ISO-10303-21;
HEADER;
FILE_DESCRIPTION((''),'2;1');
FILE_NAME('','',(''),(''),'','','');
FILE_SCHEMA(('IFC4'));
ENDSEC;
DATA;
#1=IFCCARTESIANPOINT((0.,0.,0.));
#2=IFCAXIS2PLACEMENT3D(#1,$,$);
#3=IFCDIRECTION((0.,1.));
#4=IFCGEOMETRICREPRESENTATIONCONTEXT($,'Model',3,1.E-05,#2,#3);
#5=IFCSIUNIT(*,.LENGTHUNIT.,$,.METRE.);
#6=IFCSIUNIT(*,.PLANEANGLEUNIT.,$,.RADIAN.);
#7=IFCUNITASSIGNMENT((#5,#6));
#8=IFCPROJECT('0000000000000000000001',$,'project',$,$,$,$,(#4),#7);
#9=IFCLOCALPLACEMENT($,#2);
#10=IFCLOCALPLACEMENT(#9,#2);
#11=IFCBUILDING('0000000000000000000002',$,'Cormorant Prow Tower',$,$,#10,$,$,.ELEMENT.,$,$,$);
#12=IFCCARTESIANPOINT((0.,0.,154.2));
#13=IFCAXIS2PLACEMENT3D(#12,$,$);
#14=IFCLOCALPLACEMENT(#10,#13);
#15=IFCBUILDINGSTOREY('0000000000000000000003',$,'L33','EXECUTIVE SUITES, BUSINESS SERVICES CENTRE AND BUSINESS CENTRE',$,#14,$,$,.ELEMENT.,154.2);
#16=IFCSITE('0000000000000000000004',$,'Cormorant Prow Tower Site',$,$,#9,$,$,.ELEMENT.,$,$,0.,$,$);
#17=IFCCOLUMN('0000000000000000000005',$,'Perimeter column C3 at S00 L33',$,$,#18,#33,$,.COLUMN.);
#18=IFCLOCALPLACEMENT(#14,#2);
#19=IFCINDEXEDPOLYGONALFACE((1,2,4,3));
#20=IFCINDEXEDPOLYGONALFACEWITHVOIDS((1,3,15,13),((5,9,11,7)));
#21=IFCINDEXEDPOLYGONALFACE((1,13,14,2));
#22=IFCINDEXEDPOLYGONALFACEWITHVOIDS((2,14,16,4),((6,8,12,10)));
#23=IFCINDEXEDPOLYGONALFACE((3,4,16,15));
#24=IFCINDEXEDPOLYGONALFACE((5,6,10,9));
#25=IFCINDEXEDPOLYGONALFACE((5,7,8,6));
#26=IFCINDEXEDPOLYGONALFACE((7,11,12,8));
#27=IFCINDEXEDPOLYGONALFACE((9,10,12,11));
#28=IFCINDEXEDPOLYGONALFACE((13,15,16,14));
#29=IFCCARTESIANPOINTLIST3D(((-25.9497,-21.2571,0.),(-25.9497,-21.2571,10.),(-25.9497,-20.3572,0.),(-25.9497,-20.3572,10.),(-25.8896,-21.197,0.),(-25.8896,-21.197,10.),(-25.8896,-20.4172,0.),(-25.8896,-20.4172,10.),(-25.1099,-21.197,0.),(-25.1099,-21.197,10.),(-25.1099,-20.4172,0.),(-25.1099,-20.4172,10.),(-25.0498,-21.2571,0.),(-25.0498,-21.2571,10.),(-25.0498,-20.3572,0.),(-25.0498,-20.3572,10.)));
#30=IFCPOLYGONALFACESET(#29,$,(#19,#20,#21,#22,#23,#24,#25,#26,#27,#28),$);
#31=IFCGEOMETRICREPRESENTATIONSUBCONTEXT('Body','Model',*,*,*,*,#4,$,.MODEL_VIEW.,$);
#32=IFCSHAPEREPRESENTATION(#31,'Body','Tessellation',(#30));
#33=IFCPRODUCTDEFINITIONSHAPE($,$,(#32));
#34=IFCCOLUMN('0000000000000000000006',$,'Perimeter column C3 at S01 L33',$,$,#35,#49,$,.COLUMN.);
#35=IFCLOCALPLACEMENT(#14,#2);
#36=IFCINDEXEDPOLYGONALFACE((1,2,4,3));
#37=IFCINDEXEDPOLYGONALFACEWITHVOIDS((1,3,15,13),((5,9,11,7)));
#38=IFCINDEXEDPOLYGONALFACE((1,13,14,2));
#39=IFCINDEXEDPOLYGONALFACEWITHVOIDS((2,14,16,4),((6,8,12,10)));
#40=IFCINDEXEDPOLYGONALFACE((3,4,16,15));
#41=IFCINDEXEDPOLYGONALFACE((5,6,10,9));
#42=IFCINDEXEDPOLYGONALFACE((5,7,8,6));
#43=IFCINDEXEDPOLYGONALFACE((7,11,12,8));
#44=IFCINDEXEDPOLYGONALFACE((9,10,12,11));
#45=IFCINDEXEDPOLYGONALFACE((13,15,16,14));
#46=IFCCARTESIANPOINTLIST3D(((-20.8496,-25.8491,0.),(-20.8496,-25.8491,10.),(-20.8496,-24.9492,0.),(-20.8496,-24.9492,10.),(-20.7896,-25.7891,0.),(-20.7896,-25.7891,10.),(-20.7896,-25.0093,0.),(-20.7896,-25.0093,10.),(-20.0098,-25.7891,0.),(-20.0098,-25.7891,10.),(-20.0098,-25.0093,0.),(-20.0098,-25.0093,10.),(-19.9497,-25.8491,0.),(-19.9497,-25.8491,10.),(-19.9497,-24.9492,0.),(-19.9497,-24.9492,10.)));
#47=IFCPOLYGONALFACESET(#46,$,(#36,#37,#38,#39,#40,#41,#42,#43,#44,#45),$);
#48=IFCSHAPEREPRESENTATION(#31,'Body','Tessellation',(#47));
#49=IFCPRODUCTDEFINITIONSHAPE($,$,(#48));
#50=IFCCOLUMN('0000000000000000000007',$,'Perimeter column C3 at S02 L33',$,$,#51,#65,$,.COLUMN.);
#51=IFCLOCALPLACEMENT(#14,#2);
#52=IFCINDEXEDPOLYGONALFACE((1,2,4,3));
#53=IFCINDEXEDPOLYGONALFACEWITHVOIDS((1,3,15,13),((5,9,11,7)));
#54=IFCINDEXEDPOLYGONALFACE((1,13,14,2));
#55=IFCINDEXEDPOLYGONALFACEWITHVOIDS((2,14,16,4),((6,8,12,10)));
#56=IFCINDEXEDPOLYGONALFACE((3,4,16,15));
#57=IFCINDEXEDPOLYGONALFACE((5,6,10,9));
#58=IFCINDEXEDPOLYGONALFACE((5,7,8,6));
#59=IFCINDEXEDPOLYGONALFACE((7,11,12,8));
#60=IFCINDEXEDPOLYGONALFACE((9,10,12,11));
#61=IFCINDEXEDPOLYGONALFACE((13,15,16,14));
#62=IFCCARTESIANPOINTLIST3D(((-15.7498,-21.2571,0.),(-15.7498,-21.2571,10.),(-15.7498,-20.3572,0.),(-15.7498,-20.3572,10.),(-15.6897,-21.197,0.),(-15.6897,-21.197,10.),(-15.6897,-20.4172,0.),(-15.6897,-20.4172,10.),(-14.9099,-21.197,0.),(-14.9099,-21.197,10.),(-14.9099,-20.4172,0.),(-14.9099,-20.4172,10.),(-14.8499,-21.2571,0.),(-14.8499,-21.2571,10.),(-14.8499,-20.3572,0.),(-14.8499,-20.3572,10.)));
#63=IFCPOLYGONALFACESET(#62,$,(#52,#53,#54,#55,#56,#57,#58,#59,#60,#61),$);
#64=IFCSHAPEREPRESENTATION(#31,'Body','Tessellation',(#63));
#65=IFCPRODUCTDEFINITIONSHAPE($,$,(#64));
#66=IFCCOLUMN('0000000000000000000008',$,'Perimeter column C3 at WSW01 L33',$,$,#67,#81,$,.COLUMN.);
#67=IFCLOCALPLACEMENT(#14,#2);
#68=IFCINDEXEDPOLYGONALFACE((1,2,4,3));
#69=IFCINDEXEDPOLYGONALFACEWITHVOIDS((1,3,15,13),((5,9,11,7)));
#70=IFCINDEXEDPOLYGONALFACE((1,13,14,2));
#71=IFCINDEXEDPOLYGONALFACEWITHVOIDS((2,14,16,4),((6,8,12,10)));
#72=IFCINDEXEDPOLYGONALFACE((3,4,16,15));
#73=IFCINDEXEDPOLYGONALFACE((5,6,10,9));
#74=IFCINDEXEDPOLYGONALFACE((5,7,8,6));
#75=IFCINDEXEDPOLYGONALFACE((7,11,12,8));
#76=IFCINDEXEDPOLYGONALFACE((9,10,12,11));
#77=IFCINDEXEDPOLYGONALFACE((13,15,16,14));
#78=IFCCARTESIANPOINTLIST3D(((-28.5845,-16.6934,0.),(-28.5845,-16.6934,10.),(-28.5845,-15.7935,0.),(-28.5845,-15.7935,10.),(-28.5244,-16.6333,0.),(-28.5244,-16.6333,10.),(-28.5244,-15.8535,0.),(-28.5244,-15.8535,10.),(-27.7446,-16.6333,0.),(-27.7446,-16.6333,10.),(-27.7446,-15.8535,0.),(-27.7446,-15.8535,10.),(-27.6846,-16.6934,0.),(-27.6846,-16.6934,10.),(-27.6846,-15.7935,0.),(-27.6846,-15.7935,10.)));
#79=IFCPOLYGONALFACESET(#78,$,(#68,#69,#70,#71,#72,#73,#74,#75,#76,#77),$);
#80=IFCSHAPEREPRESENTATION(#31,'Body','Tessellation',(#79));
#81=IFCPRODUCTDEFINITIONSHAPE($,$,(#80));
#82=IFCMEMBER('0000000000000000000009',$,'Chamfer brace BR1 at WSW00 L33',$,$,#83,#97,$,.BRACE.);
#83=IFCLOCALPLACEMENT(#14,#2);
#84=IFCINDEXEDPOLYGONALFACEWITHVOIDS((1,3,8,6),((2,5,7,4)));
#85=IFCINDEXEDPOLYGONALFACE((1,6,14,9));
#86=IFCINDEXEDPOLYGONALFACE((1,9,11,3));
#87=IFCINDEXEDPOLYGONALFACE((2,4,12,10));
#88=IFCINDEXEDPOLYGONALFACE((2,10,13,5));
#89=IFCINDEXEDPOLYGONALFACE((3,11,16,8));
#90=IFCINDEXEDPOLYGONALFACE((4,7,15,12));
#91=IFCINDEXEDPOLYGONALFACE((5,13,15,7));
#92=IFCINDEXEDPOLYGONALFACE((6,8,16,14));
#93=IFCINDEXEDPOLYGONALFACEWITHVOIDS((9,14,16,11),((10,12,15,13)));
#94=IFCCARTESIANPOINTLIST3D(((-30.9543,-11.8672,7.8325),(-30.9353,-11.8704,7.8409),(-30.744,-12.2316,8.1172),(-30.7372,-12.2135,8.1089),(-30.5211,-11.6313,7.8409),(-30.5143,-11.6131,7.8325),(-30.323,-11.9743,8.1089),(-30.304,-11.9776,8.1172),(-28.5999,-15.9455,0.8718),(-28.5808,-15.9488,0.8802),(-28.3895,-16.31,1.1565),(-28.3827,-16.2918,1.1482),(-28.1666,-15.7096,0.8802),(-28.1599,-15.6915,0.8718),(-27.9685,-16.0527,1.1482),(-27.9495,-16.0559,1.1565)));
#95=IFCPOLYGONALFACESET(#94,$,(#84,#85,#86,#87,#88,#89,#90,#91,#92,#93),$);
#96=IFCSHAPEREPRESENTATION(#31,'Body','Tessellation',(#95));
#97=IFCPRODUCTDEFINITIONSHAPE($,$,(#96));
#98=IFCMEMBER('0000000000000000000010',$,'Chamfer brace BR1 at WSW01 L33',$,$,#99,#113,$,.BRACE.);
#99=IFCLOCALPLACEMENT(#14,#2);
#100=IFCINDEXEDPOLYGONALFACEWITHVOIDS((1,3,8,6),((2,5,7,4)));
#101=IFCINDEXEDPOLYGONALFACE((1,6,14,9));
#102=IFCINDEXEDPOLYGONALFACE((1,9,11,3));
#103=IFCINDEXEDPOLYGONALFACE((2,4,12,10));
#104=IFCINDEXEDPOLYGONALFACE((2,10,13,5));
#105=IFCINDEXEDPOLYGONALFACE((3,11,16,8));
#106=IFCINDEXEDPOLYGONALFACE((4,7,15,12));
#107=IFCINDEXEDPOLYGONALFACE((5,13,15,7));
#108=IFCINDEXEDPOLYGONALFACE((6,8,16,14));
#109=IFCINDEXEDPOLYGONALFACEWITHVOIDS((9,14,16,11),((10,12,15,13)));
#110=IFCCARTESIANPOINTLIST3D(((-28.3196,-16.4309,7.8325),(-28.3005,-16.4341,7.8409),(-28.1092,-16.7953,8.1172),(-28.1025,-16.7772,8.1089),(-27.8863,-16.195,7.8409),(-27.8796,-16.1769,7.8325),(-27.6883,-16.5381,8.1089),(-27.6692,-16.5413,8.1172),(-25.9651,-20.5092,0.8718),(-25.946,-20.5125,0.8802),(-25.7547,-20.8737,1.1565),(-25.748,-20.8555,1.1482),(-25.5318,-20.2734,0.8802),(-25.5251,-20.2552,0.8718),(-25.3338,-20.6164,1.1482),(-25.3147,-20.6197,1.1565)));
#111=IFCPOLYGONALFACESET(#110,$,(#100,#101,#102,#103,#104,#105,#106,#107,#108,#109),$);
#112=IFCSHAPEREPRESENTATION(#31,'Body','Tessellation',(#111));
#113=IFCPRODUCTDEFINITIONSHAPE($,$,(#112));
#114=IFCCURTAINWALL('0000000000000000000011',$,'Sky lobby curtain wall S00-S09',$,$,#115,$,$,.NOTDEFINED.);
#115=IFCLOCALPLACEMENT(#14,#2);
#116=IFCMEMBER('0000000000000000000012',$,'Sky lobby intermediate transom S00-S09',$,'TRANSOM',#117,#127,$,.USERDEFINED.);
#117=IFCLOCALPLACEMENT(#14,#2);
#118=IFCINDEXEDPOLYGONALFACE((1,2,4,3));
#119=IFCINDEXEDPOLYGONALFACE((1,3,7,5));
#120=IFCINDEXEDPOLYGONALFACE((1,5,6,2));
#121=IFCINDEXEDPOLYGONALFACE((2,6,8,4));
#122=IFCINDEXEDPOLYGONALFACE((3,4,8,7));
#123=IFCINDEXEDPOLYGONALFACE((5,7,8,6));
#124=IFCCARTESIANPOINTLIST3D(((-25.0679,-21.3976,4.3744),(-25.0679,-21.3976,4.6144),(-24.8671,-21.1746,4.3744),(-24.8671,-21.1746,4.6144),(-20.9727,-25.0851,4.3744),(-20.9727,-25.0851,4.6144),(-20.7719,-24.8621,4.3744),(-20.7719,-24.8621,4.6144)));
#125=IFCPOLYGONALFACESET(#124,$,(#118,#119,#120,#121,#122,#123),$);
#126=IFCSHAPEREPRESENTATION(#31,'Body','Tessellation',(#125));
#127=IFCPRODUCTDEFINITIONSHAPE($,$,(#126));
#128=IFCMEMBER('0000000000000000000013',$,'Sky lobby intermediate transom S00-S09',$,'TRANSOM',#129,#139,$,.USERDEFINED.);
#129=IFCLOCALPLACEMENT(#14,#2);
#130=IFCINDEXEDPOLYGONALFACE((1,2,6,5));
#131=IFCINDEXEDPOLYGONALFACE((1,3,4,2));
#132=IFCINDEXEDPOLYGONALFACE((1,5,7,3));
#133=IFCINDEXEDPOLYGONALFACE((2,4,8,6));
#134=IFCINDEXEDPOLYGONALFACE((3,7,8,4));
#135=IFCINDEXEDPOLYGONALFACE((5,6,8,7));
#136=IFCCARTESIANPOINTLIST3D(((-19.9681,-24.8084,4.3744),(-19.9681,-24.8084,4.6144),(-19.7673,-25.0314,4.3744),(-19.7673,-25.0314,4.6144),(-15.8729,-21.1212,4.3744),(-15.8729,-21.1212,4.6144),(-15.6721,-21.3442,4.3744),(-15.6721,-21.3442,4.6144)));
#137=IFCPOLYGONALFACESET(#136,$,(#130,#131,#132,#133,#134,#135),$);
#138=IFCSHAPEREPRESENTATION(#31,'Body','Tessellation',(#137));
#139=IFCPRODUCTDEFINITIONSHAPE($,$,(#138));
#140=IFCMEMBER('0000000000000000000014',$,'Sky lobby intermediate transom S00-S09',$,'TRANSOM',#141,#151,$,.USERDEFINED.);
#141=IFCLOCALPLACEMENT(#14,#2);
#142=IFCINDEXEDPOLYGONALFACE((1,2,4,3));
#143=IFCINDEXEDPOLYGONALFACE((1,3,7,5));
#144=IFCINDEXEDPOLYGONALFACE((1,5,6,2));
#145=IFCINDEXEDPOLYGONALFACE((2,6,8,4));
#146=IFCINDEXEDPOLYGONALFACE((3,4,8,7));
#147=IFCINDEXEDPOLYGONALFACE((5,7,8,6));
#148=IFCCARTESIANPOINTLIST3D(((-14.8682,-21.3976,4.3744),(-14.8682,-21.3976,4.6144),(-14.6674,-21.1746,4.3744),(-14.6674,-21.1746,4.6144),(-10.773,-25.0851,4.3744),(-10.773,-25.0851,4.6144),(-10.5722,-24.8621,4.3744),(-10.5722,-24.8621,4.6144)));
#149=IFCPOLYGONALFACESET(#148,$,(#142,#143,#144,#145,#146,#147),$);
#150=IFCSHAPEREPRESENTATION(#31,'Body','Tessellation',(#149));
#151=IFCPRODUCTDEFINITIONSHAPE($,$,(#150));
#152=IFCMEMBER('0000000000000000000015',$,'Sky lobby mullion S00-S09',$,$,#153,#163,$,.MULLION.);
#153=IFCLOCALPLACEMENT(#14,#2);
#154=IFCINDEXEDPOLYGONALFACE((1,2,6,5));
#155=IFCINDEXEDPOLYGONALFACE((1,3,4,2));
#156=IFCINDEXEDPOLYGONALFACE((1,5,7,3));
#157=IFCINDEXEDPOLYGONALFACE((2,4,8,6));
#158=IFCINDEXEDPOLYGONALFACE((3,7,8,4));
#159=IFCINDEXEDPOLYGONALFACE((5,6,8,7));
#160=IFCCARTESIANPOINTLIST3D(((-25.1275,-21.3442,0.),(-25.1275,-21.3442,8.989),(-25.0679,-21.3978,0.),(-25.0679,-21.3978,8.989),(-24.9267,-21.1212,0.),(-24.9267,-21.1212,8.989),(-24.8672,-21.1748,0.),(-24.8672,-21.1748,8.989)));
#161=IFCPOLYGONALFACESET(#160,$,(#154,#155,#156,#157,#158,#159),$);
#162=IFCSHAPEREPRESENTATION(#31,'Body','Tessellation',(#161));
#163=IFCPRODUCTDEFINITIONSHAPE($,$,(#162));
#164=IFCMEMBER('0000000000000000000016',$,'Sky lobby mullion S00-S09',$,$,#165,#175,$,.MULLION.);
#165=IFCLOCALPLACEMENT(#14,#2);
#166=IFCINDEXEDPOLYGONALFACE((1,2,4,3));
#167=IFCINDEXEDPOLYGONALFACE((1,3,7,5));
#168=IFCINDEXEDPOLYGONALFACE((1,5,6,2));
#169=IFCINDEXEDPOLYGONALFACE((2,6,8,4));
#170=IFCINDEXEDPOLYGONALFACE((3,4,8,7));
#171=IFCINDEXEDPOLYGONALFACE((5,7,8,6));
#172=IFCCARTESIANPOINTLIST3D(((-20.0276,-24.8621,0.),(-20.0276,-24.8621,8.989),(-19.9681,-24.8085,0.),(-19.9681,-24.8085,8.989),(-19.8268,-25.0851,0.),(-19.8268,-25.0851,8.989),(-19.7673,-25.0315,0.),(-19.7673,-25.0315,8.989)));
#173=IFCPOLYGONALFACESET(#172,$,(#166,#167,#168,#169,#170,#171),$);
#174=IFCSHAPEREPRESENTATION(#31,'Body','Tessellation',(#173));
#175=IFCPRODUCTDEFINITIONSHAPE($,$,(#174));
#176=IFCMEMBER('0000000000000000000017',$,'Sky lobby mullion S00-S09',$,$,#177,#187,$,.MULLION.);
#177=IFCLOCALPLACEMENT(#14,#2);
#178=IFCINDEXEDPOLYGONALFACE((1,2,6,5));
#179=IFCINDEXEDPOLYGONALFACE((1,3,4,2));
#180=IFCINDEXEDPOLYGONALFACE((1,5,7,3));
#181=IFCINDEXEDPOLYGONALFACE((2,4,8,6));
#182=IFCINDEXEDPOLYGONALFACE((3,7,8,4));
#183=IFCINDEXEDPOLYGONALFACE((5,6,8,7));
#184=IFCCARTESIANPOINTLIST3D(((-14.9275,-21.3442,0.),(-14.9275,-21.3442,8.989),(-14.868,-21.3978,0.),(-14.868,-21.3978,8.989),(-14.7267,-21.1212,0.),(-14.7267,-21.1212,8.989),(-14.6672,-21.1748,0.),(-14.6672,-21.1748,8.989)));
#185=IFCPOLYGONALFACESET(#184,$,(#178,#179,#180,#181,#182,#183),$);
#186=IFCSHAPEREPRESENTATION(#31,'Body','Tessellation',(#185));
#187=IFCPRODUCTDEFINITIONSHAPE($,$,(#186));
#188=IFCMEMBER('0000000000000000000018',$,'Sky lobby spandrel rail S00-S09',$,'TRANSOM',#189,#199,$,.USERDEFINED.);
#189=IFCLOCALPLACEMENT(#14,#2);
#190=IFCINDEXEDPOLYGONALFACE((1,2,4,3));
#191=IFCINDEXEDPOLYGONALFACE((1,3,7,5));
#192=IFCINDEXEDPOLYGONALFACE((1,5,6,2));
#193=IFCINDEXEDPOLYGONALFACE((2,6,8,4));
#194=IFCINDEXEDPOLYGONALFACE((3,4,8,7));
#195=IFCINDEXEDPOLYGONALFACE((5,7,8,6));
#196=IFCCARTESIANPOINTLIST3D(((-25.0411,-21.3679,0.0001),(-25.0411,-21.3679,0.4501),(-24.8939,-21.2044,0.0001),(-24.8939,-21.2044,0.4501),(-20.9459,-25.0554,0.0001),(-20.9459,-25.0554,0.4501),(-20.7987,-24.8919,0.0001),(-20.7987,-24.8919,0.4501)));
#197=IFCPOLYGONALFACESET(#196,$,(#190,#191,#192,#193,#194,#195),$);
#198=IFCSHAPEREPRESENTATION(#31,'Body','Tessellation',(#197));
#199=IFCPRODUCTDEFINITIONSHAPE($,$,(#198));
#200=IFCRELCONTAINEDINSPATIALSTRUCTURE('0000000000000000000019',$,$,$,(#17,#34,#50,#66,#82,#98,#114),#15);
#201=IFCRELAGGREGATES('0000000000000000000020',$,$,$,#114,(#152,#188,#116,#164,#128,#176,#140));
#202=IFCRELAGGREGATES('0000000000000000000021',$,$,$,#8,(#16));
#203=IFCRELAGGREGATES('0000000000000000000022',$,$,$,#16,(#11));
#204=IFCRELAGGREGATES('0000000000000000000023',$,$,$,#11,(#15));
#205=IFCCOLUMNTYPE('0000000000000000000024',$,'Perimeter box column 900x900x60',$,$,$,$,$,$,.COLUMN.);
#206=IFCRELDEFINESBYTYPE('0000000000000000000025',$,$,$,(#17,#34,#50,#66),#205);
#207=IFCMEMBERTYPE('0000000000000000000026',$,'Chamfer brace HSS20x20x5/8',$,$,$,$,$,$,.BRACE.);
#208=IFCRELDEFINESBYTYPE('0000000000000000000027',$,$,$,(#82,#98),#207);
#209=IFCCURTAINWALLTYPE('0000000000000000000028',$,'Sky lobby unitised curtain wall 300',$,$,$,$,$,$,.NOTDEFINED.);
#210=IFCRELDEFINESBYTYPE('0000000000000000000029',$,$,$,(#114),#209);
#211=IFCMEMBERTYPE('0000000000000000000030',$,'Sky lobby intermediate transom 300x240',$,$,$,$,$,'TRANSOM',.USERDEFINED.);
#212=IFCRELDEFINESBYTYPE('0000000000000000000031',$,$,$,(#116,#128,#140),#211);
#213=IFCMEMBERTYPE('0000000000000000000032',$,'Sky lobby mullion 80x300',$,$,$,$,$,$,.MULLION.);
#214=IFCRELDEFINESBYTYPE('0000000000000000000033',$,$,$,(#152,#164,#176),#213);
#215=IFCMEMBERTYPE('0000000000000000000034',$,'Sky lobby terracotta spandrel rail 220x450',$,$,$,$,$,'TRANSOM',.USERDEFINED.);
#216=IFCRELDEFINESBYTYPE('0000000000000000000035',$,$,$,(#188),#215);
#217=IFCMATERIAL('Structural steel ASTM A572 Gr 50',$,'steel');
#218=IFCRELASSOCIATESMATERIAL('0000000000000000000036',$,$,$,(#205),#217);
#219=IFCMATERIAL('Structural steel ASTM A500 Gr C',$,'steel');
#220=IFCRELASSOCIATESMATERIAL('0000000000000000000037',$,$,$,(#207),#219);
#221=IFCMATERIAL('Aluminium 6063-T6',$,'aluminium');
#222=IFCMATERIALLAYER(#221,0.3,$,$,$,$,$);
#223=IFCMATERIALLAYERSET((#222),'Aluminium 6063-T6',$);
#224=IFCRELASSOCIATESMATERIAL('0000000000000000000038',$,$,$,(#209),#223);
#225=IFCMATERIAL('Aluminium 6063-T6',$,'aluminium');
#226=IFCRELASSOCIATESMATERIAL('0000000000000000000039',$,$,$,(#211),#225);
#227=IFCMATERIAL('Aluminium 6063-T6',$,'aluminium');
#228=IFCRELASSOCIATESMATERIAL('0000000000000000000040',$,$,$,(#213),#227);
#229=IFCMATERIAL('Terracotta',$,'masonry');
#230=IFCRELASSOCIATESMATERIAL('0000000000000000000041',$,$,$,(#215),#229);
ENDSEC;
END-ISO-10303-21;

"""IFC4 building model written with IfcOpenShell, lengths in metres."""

from ifc_helpers import new_model, si_unit, direction, frame, origin, origin_2d, place, context, subcontext, project, spatial, rectangle, hollow_rectangle, extrude, material, layer, layer_set, material_profile, profile_set, type_object, element, aggregate, save


model = new_model("IFC4")

# Units and contexts
model_context = context("Model", 3, precision=1e-05, world=origin(), true_north=direction((0.0, 1.0)))
body_context = subcontext(model_context, "Body", "Model", "MODEL_VIEW")
ifc_project = project(units=[si_unit("LENGTHUNIT", "METRE"), si_unit("PLANEANGLEUNIT", "RADIAN")], contexts=[model_context])

# Site, building, storey
site_placement = place(None, origin())
site = spatial("IfcSite", under=ifc_project, at=site_placement, Name="Cormorant Prow Tower Site", CompositionType="ELEMENT", RefElevation=0.0)
building_placement = place(site_placement, origin())
building = spatial("IfcBuilding", under=site, at=building_placement, Name="Cormorant Prow Tower", CompositionType="ELEMENT")
storey_placement = place(building_placement, frame((0.0, 0.0, 154.2)))
storey = spatial("IfcBuildingStorey", under=building, at=storey_placement, Name="L33", Description="EXECUTIVE SUITES, BUSINESS SERVICES CENTRE AND BUSINESS CENTRE", CompositionType="ELEMENT", Elevation=154.2)

# Columns
ifc_material_1 = material(Name="Structural steel ASTM A572 Gr 50", Category="steel")
ifc_material_profile_1 = material_profile(ifc_material_1, hollow_rectangle(XDim=0.8999, YDim=0.8999, WallThickness=0.0601, at=origin_2d()), Name="Box 900x900x60")
ifc_profile_set_1 = profile_set([ifc_material_profile_1], Name="Structural steel ASTM A572 Gr 50")
column_type = type_object("IfcColumnType", Name="Perimeter box column 900x900x60", PredefinedType="COLUMN", material=ifc_profile_set_1)
for number, where, z_axis, x_axis, name in (
    (1, (-25.4998, -20.8071, 0.0), (0.0, 0.0, 1.0), (1.0, 0.0, 0.0), "Perimeter column C3 at S00 L33"),
    (2, (-20.3997, -25.3992, 0.0), (0.0, 0.0, 1.0), (1.0, 0.0, 0.0), "Perimeter column C3 at S01 L33"),
    (3, (-15.2998, -20.8071, 0.0), (0.0, 0.0, 1.0), (1.0, 0.0, 0.0), "Perimeter column C3 at S02 L33"),
    (4, (-28.1345, -16.2434, 0.0), (0.0, 0.0, 1.0), (1.0, 0.0, 0.0), "Perimeter column C3 at WSW01 L33"),
):
    element("IfcColumn", number, at=place(storey_placement, frame(where, z_axis=z_axis, x_axis=x_axis)), inside=storey, type_object=column_type, Name=name, PredefinedType="COLUMN", context=body_context, shape_type="SweptSolid", body=[
        extrude(hollow_rectangle(XDim=0.8999, YDim=0.8999, WallThickness=0.0601, at=origin_2d()), origin(), (0.0, 0.0, 1.0), 10.0),
    ])

# Members
ifc_material_2 = material(Name="Structural steel ASTM A500 Gr C", Category="steel")
ifc_material_profile_2 = material_profile(ifc_material_2, hollow_rectangle(XDim=0.5081, YDim=0.5081, WallThickness=0.0149, at=origin_2d()), Name="HSS20x20x5/8")
ifc_profile_set_2 = profile_set([ifc_material_profile_2], Name="Structural steel ASTM A500 Gr C")
member_type_1 = type_object("IfcMemberType", Name="Chamfer brace HSS20x20x5/8", PredefinedType="BRACE", material=ifc_profile_set_2)
for number, where, z_axis, x_axis, name in (
    (5, (-28.2747, -16.0007, 1.0142), (-0.280162, 0.485286, 0.828255), (-0.86604, -0.499975, 0.0), "Chamfer brace BR1 at WSW00 L33"),
    (6, (-25.6399, -20.5645, 1.0142), (-0.280162, 0.485286, 0.828255), (-0.86604, -0.499975, 0.0), "Chamfer brace BR1 at WSW01 L33"),
):
    element("IfcMember", number, at=place(storey_placement, frame(where, z_axis=z_axis, x_axis=x_axis)), inside=storey, type_object=member_type_1, Name=name, PredefinedType="BRACE", context=body_context, shape_type="SweptSolid", body=[
        extrude(hollow_rectangle(XDim=0.5081, YDim=0.5081, WallThickness=0.0149, at=origin_2d()), origin(), (0.0, 0.0, 1.0), 8.4041),
    ])

# Curtain wall, members
ifc_material_3 = material(Name="Aluminium 6063-T6", Category="aluminium")
ifc_layer_1 = layer(ifc_material_3, 0.3)
ifc_layer_set_1 = layer_set([ifc_layer_1], Name="Aluminium 6063-T6")
curtain_wall_type = type_object("IfcCurtainWallType", Name="Sky lobby unitised curtain wall 300", PredefinedType="NOTDEFINED", material=ifc_layer_set_1)
curtain_wall_placement = place(storey_placement, origin())
curtain_wall = element("IfcCurtainWall", 7, at=curtain_wall_placement, inside=storey, type_object=curtain_wall_type, Name="Sky lobby curtain wall S00-S09", PredefinedType="NOTDEFINED")
ifc_material_4 = material(Name="Aluminium 6063-T6", Category="aluminium")
ifc_material_profile_3 = material_profile(ifc_material_4, rectangle(XDim=0.3, YDim=0.24, at=origin_2d()), Name="Sky lobby intermediate transom 300x240")
ifc_profile_set_3 = profile_set([ifc_material_profile_3], Name="Aluminium 6063-T6")
member_type_2 = type_object("IfcMemberType", Name="Sky lobby intermediate transom 300x240", ElementType="TRANSOM", PredefinedType="USERDEFINED", material=ifc_profile_set_3)
member_1_placement = place(storey_placement, frame((-24.9675, -21.2861, 4.4944), z_axis=(0.743131, -0.669146, 0.0), x_axis=(0.669146, 0.743131, 0.0)))
member_1 = element("IfcMember", 8, at=member_1_placement, type_object=member_type_2, Name="Sky lobby intermediate transom S00-S09", ObjectType="TRANSOM", PredefinedType="USERDEFINED", context=body_context, shape_type="SweptSolid", body=[
    extrude(rectangle(XDim=0.3, YDim=0.24, at=origin_2d()), origin(), (0.0, 0.0, 1.0), 5.5107),
])
member_2_placement = place(storey_placement, frame((-19.8677, -24.9199, 4.4944), z_axis=(0.743153, 0.669121, 0.0), x_axis=(-0.669121, 0.743153, 0.0)))
member_2 = element("IfcMember", 9, at=member_2_placement, type_object=member_type_2, Name="Sky lobby intermediate transom S00-S09", ObjectType="TRANSOM", PredefinedType="USERDEFINED", context=body_context, shape_type="SweptSolid", body=[
    extrude(rectangle(XDim=0.3, YDim=0.24, at=origin_2d()), origin(), (0.0, 0.0, 1.0), 5.5105),
])
member_3_placement = place(storey_placement, frame((-14.7678, -21.2861, 4.4944), z_axis=(0.743131, -0.669146, 0.0), x_axis=(0.669146, 0.743131, 0.0)))
member_3 = element("IfcMember", 10, at=member_3_placement, type_object=member_type_2, Name="Sky lobby intermediate transom S00-S09", ObjectType="TRANSOM", PredefinedType="USERDEFINED", context=body_context, shape_type="SweptSolid", body=[
    extrude(rectangle(XDim=0.3, YDim=0.24, at=origin_2d()), origin(), (0.0, 0.0, 1.0), 5.5107),
])
ifc_material_5 = material(Name="Aluminium 6063-T6", Category="aluminium")
ifc_material_profile_4 = material_profile(ifc_material_5, rectangle(XDim=0.3, YDim=0.0801, at=origin_2d()), Name="Sky lobby mullion 80x300")
ifc_profile_set_4 = profile_set([ifc_material_profile_4], Name="Aluminium 6063-T6")
member_type_3 = type_object("IfcMemberType", Name="Sky lobby mullion 80x300", PredefinedType="MULLION", material=ifc_profile_set_4)
member_4_placement = place(storey_placement, frame((-24.9973, -21.2595, 0.0), z_axis=(0.0, 0.0, 1.0), x_axis=(0.669131, 0.743145, 0.0)))
member_4 = element("IfcMember", 11, at=member_4_placement, type_object=member_type_3, Name="Sky lobby mullion S00-S09", PredefinedType="MULLION", context=body_context, shape_type="SweptSolid", body=[
    extrude(rectangle(XDim=0.3, YDim=0.0801, at=origin_2d()), origin(), (0.0, 0.0, 1.0), 8.989),
])
member_5_placement = place(storey_placement, frame((-19.8975, -24.9468, 0.0), z_axis=(0.0, 0.0, 1.0), x_axis=(-0.669131, 0.743145, 0.0)))
member_5 = element("IfcMember", 12, at=member_5_placement, type_object=member_type_3, Name="Sky lobby mullion S00-S09", PredefinedType="MULLION", context=body_context, shape_type="SweptSolid", body=[
    extrude(rectangle(XDim=0.3, YDim=0.0801, at=origin_2d()), origin(), (0.0, 0.0, 1.0), 8.989),
])
member_6_placement = place(storey_placement, frame((-14.7974, -21.2595, 0.0), z_axis=(0.0, 0.0, 1.0), x_axis=(0.669131, 0.743145, 0.0)))
member_6 = element("IfcMember", 13, at=member_6_placement, type_object=member_type_3, Name="Sky lobby mullion S00-S09", PredefinedType="MULLION", context=body_context, shape_type="SweptSolid", body=[
    extrude(rectangle(XDim=0.3, YDim=0.0801, at=origin_2d()), origin(), (0.0, 0.0, 1.0), 8.989),
])
ifc_material_6 = material(Name="Terracotta", Category="masonry")
ifc_material_profile_5 = material_profile(ifc_material_6, rectangle(XDim=0.22, YDim=0.45, at=origin_2d()), Name="Sky lobby terracotta spandrel rail 220x450")
ifc_profile_set_5 = profile_set([ifc_material_profile_5], Name="Terracotta")
member_type_4 = type_object("IfcMemberType", Name="Sky lobby terracotta spandrel rail 220x450", ElementType="TRANSOM", PredefinedType="USERDEFINED", material=ifc_profile_set_5)
member_7_placement = place(storey_placement, frame((-24.9675, -21.2861, 0.2251), z_axis=(0.743131, -0.669146, 0.0), x_axis=(0.669146, 0.743131, 0.0)))
member_7 = element("IfcMember", 14, at=member_7_placement, type_object=member_type_4, Name="Sky lobby spandrel rail S00-S09", ObjectType="TRANSOM", PredefinedType="USERDEFINED", context=body_context, shape_type="SweptSolid", body=[
    extrude(rectangle(XDim=0.22, YDim=0.45, at=origin_2d()), origin(), (0.0, 0.0, 1.0), 5.5107),
])

aggregate(curtain_wall, [member_4, member_7, member_1, member_5, member_2, member_6, member_3])

save(model, "model.ifc")
